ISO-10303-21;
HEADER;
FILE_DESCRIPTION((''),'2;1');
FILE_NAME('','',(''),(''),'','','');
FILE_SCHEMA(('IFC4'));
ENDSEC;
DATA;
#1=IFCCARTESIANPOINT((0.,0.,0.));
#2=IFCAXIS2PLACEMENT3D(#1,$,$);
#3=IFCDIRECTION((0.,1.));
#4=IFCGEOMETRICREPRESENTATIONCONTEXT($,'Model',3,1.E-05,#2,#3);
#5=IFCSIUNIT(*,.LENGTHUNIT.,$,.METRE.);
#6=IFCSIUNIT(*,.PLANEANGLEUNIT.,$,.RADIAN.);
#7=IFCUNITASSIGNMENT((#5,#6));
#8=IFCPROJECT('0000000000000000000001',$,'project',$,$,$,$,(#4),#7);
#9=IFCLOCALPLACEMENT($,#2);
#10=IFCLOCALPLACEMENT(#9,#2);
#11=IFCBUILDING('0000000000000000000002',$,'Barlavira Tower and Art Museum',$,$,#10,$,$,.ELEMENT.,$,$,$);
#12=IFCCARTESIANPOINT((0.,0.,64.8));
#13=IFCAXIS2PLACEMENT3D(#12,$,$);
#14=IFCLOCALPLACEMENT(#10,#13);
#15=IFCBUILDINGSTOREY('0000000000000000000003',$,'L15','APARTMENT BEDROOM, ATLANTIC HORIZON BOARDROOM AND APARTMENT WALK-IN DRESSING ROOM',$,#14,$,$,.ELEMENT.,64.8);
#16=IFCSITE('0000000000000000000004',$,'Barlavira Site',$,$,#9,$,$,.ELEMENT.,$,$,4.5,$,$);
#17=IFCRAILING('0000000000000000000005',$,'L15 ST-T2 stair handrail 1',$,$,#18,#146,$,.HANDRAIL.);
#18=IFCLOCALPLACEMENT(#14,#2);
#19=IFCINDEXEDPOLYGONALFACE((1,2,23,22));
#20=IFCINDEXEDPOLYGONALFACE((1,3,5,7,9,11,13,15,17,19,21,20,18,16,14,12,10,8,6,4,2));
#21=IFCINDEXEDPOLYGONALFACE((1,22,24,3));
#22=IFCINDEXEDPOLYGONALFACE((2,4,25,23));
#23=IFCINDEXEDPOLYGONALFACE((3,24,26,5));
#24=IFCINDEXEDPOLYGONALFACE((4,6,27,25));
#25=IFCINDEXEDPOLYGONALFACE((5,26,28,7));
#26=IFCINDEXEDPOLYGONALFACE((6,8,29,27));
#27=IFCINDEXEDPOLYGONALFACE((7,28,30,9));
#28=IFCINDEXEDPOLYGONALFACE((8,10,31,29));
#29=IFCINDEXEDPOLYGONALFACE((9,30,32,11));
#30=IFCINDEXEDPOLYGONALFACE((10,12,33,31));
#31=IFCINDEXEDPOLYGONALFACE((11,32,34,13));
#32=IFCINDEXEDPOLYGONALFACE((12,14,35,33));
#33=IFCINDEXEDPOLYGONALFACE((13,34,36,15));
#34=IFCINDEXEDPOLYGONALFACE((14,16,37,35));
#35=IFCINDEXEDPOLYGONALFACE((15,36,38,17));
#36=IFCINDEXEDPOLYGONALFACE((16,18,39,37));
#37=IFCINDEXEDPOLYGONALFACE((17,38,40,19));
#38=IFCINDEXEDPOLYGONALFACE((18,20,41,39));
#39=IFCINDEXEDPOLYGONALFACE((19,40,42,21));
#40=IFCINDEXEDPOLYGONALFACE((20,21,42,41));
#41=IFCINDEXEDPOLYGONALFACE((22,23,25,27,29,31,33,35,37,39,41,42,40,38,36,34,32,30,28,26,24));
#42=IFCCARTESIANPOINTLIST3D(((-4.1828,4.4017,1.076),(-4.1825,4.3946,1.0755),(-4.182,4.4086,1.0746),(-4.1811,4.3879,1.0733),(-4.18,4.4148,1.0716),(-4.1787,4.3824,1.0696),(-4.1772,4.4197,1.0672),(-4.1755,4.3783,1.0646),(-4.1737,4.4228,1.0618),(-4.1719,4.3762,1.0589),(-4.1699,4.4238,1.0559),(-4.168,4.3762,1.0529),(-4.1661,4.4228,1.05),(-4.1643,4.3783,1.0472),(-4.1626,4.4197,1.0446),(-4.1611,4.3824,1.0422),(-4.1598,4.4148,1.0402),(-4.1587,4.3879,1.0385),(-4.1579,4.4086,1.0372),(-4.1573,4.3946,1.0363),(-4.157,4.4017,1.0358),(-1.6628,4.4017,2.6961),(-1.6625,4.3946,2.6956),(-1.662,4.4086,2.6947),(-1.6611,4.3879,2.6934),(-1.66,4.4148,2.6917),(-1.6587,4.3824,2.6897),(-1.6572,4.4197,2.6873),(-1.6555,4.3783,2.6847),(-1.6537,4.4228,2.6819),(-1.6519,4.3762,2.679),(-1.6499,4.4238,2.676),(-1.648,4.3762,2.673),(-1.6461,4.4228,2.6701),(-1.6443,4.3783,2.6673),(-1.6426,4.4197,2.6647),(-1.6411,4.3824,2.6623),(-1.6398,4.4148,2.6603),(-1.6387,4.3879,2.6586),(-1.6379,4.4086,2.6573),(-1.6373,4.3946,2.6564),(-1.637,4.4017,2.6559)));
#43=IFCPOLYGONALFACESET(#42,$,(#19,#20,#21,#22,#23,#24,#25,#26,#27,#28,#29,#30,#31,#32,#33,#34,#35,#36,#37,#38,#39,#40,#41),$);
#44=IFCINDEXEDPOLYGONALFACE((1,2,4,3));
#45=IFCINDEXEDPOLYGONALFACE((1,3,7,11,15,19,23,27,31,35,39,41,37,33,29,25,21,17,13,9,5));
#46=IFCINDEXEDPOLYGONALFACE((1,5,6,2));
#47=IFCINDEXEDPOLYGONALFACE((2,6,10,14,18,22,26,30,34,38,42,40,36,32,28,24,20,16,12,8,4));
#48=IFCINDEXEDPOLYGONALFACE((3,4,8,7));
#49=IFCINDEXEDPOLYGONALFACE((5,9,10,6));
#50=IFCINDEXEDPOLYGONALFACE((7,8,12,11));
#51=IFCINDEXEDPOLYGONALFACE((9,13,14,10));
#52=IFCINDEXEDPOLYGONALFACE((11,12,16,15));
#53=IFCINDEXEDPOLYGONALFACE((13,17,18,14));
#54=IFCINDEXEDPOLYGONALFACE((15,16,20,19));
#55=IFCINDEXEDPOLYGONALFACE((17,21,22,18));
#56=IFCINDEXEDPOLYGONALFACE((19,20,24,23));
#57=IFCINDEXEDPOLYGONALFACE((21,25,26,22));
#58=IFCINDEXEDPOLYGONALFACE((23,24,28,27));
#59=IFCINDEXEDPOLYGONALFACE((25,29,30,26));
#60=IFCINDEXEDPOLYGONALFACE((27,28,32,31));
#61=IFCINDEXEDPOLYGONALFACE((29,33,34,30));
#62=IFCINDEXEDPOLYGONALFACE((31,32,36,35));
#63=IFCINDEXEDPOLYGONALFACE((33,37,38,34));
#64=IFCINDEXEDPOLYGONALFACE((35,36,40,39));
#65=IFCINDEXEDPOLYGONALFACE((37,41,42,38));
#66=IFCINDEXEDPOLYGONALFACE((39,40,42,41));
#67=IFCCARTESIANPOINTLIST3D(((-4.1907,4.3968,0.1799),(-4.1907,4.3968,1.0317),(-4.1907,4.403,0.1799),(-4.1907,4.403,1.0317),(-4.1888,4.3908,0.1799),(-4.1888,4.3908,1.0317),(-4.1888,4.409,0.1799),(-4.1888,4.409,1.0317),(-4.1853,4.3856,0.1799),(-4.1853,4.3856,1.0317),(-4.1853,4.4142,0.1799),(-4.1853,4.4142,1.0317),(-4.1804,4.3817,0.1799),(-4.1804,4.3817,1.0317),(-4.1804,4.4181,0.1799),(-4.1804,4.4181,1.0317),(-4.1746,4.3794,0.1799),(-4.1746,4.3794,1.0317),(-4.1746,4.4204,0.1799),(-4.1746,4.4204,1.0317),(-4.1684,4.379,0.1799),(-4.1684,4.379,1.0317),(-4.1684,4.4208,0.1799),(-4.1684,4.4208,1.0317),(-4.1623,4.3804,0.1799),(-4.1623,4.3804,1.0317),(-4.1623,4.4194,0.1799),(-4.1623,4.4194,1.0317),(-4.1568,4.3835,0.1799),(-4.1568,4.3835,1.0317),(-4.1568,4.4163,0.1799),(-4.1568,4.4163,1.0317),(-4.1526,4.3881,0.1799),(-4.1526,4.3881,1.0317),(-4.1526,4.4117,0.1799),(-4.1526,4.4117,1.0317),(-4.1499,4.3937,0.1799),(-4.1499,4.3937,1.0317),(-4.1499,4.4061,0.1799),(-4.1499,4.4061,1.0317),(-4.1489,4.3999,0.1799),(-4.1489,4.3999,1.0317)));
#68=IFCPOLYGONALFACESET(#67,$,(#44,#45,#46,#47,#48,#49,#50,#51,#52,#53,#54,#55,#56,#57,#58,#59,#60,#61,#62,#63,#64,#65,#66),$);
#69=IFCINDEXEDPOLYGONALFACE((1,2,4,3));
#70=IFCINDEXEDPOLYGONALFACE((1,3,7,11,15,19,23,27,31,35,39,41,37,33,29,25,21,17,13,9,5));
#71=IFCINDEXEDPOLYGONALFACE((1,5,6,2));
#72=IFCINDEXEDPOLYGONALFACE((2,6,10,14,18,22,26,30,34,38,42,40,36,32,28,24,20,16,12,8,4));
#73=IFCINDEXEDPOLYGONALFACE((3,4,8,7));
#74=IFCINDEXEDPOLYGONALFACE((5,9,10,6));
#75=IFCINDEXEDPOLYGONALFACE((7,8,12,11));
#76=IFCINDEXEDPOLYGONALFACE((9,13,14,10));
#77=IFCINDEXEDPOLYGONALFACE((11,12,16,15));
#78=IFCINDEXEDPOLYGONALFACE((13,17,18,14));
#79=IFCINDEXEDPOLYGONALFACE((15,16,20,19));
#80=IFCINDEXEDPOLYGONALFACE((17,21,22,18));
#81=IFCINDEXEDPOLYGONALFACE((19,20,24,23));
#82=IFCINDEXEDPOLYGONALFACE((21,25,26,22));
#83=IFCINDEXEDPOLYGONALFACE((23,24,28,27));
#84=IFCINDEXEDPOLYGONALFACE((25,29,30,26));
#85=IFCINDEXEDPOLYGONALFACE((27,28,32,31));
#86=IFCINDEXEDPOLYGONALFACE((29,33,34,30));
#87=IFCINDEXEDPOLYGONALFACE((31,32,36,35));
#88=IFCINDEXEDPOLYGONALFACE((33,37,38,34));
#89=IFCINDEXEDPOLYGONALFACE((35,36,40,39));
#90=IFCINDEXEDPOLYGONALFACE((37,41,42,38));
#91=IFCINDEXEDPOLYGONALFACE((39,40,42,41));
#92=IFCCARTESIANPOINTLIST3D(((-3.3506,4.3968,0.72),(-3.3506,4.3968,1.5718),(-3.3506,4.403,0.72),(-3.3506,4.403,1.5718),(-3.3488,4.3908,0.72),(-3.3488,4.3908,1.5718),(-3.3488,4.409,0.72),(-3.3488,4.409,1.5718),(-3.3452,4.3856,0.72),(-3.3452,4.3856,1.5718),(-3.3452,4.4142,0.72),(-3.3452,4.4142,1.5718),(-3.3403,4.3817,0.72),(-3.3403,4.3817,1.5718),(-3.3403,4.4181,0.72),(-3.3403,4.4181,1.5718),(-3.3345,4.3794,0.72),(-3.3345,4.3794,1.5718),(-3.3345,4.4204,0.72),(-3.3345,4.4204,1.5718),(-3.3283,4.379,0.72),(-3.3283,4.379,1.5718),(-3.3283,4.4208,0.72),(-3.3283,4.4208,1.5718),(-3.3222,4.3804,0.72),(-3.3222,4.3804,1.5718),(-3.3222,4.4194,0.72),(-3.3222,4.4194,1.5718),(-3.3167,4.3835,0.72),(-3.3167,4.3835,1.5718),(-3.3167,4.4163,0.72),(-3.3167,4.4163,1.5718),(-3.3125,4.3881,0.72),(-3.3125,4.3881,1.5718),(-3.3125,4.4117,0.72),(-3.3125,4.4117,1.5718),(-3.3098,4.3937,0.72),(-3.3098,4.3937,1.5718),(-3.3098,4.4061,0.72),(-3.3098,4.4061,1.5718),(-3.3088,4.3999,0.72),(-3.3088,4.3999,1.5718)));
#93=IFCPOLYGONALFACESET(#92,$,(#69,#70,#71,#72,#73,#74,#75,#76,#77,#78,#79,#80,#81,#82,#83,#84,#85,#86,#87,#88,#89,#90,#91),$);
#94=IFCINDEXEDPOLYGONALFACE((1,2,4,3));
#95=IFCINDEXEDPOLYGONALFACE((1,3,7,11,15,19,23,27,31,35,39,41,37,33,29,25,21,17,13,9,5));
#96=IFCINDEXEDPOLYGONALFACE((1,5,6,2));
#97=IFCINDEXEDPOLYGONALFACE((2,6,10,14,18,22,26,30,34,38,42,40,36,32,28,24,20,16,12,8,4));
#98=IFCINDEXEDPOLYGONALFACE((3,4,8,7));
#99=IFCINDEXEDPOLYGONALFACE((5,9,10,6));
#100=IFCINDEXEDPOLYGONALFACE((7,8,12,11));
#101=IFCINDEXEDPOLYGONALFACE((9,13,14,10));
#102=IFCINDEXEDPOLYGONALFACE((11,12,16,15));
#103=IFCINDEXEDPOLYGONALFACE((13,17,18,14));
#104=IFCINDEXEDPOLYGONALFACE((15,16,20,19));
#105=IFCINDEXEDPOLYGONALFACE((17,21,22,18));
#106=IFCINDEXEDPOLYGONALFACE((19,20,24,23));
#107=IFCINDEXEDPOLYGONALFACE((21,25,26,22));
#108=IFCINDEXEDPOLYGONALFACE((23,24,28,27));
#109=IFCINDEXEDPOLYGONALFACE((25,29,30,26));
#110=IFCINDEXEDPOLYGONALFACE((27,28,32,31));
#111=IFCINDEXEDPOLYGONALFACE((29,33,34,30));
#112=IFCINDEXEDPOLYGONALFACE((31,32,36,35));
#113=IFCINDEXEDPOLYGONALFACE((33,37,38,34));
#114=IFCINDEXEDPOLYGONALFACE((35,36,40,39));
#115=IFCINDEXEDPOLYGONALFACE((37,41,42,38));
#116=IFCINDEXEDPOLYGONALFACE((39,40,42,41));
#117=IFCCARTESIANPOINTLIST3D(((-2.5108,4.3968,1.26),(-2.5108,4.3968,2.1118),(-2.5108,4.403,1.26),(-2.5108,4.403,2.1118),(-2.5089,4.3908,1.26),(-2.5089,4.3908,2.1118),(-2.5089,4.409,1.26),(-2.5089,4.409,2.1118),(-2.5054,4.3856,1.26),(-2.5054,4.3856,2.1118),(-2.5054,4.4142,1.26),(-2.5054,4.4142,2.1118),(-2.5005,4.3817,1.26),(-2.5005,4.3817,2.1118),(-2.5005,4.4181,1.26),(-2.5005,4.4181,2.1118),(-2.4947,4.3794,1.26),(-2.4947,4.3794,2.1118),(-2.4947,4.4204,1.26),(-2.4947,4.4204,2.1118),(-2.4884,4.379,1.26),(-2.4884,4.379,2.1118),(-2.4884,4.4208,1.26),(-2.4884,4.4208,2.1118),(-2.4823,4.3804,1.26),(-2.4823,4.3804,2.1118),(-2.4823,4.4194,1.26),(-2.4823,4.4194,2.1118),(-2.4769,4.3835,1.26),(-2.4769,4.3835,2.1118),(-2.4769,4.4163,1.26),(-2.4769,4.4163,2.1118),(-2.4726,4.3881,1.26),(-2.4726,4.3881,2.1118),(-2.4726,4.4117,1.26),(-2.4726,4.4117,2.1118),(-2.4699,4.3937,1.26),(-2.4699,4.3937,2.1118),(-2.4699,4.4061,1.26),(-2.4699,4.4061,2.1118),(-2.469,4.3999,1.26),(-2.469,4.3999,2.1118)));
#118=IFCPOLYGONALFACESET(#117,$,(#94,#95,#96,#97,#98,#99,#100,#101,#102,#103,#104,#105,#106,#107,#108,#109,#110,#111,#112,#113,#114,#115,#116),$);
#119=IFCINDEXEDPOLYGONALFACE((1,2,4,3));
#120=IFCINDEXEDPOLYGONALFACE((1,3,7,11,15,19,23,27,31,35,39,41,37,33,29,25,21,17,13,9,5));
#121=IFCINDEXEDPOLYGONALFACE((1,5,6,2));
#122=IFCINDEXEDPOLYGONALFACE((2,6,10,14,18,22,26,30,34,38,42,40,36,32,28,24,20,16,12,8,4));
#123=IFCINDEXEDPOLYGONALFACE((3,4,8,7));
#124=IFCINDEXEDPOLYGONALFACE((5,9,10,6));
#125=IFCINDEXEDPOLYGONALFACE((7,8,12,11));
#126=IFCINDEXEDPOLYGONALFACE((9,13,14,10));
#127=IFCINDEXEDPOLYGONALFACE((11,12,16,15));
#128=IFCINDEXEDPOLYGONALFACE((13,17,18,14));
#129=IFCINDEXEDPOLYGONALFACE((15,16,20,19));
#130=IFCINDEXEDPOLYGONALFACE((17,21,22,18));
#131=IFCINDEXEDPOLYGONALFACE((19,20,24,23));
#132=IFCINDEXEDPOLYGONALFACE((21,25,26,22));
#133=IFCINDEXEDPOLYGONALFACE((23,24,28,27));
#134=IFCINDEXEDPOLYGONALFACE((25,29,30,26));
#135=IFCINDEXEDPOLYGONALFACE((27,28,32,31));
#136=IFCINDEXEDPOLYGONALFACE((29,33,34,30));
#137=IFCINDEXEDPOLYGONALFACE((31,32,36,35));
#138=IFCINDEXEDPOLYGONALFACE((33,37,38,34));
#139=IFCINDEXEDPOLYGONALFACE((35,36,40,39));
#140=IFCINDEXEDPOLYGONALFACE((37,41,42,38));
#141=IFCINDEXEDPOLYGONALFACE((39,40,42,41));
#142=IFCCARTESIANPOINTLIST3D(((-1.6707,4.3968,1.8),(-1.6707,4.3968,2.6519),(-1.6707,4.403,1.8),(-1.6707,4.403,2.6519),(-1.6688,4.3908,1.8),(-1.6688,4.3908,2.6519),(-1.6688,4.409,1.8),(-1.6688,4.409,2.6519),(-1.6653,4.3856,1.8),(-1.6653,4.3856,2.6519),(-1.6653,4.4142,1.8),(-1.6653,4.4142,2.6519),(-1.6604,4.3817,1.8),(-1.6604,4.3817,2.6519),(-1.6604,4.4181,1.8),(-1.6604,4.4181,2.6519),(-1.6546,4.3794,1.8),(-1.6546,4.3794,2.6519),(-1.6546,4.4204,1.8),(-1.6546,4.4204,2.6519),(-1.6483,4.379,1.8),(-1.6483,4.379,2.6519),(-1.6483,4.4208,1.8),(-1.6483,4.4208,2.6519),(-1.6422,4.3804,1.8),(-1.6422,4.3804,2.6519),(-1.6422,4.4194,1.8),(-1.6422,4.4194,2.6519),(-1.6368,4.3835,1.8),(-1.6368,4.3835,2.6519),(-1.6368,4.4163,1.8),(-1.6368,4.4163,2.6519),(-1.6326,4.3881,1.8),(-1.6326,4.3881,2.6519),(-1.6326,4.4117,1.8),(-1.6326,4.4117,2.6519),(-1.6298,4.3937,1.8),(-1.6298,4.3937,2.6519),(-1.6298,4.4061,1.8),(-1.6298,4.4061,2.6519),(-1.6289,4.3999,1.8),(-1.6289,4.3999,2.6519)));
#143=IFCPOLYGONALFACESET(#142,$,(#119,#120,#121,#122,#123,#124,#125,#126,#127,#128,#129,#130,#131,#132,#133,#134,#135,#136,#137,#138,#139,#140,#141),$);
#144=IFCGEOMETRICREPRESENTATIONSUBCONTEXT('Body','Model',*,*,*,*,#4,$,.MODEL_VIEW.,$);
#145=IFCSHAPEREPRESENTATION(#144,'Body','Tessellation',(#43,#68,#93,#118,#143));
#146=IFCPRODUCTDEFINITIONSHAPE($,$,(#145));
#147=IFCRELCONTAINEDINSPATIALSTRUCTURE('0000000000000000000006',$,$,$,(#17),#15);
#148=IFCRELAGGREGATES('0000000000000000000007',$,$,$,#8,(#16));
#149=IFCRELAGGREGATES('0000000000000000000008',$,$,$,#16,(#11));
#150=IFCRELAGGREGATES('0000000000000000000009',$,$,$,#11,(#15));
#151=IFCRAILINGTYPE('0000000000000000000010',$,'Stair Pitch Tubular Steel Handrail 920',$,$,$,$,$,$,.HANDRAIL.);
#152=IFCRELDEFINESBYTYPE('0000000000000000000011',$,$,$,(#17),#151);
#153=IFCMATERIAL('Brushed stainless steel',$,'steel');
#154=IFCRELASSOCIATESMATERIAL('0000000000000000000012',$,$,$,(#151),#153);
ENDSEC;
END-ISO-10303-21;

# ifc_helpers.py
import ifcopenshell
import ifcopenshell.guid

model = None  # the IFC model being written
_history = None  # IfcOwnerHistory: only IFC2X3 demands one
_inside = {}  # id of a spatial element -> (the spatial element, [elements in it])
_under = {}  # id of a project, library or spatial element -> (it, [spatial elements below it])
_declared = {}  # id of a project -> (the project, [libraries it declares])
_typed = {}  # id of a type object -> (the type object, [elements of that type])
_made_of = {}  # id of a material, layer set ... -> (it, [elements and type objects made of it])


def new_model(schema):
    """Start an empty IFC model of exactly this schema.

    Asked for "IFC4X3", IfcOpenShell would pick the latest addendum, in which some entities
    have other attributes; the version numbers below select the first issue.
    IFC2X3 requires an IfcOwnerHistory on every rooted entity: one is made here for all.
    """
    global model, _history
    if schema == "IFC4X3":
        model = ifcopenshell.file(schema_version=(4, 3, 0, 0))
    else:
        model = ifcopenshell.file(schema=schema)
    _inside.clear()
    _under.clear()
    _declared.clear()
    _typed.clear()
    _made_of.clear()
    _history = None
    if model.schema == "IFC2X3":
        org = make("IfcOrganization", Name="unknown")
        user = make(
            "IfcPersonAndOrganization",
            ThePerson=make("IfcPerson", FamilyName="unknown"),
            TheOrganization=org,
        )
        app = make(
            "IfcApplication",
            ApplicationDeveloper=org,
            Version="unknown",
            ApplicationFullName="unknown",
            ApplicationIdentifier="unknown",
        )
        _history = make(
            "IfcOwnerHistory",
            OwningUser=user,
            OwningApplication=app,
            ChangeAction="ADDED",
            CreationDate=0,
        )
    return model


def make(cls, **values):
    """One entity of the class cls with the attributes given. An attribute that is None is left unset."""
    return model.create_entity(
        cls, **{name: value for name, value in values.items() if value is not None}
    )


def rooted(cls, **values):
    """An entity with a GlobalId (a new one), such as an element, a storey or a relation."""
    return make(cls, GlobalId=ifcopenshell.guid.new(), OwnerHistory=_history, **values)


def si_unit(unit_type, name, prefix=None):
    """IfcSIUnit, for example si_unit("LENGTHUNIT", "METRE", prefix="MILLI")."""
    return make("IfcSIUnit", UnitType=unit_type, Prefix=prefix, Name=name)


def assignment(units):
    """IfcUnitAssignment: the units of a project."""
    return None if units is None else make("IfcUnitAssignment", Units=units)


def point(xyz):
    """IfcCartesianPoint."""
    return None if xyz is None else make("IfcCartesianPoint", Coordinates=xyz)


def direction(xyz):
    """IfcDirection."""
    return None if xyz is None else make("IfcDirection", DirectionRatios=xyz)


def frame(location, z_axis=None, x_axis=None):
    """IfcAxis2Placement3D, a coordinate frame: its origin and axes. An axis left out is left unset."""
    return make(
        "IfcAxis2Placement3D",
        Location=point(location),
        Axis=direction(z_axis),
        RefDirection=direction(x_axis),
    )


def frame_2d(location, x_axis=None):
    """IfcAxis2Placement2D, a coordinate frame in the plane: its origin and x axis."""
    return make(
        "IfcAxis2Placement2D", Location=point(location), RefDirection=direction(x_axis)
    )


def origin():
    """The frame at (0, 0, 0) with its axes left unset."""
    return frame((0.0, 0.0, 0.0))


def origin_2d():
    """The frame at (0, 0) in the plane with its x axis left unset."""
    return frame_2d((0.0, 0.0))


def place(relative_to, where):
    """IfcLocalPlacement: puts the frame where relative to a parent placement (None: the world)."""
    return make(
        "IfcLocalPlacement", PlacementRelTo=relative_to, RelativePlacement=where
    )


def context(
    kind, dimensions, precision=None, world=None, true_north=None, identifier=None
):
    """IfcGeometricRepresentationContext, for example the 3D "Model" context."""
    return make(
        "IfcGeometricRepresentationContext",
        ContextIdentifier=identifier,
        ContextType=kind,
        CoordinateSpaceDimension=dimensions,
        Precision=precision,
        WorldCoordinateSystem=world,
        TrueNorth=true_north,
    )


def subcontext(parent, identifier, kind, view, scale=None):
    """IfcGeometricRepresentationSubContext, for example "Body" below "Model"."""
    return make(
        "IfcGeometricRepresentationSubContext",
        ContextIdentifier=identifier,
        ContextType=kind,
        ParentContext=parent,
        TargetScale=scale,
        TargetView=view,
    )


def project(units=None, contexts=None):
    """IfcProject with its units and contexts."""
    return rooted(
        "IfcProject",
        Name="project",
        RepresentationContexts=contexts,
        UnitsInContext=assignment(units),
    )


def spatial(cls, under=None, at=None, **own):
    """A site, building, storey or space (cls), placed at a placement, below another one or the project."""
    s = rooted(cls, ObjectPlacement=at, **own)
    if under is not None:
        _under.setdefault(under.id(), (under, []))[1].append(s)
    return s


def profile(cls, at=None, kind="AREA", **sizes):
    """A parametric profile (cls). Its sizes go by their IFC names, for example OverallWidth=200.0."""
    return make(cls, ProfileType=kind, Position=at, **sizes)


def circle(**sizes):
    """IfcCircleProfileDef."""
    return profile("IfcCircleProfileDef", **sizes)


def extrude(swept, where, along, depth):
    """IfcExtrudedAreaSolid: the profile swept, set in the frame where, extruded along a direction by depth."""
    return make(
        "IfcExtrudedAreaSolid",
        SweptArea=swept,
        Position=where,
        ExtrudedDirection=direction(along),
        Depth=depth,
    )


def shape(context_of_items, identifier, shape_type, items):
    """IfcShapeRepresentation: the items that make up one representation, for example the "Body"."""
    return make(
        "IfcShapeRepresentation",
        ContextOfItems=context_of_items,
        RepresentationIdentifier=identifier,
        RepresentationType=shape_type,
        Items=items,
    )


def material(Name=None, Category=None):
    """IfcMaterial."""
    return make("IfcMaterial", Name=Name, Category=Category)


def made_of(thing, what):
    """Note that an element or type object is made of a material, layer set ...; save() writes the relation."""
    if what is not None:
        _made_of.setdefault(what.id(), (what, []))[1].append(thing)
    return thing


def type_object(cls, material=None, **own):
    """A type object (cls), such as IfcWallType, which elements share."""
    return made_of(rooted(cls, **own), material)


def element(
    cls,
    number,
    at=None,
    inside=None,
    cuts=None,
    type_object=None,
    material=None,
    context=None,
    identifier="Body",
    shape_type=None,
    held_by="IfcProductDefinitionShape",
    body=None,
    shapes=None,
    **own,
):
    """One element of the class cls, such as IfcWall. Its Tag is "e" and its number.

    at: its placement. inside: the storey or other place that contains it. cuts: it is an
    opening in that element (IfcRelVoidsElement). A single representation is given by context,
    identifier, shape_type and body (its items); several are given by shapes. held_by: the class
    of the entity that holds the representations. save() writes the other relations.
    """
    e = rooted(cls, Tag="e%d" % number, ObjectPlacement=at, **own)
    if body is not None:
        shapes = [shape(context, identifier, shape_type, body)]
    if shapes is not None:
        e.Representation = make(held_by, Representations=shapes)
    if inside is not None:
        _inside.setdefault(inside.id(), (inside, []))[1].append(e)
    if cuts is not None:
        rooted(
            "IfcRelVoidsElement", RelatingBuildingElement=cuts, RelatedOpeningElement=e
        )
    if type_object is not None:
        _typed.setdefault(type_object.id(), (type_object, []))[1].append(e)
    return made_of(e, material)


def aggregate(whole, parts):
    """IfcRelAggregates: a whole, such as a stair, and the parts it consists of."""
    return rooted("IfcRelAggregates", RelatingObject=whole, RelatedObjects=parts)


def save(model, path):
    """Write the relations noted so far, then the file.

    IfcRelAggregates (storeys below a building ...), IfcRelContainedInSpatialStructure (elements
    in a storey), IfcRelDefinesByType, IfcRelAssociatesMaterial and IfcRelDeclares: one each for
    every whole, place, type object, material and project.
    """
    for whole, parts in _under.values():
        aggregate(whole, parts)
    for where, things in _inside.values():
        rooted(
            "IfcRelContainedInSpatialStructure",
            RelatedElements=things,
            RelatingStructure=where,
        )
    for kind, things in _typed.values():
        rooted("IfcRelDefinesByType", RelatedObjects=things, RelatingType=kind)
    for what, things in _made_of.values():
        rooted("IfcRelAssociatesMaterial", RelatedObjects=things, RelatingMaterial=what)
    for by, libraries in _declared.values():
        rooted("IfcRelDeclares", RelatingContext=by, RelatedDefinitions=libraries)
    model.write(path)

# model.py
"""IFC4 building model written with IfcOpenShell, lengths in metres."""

from ifc_helpers import new_model, si_unit, direction, frame, origin, origin_2d, place, context, subcontext, project, spatial, circle, extrude, material, type_object, element, save


model = new_model("IFC4")

# Units and contexts
model_context = context("Model", 3, precision=1e-05, world=origin(), true_north=direction((0.0, 1.0)))
body_context = subcontext(model_context, "Body", "Model", "MODEL_VIEW")
ifc_project = project(units=[si_unit("LENGTHUNIT", "METRE"), si_unit("PLANEANGLEUNIT", "RADIAN")], contexts=[model_context])

# Site, building, storey
site_placement = place(None, origin())
site = spatial("IfcSite", under=ifc_project, at=site_placement, Name="Barlavira Site", CompositionType="ELEMENT", RefElevation=4.5)
building_placement = place(site_placement, origin())
building = spatial("IfcBuilding", under=site, at=building_placement, Name="Barlavira Tower and Art Museum", CompositionType="ELEMENT")
storey_placement = place(building_placement, frame((0.0, 0.0, 64.8)))
storey = spatial("IfcBuildingStorey", under=building, at=storey_placement, Name="L15", Description="APARTMENT BEDROOM, ATLANTIC HORIZON BOARDROOM AND APARTMENT WALK-IN DRESSING ROOM", CompositionType="ELEMENT", Elevation=64.8)

# Shared definitions
ifc_material_1 = material(Name="Brushed stainless steel", Category="steel")

# Railing
railing_type_1 = type_object("IfcRailingType", Name="Stair Pitch Tubular Steel Handrail 920", PredefinedType="HANDRAIL", material=ifc_material_1)
railing_1_placement = place(storey_placement, frame((-4.1699, 4.3999, 0.1799)))
element("IfcRailing", 1, at=railing_1_placement, inside=storey, type_object=railing_type_1, Name="L15 ST-T2 stair handrail 1", PredefinedType="HANDRAIL", context=body_context, shape_type="SweptSolid", body=[
    extrude(circle(Radius=0.0239, at=origin_2d()), frame((0.0, 0.0, 0.876), z_axis=(0.841163, 0.0, 0.540782), x_axis=(0.0, 1.0, 0.0)), (0.0, 0.0, 1.0), 2.9958),
    extrude(circle(Radius=0.021, at=origin_2d()), origin(), (0.0, 0.0, 1.0), 0.8518),
    extrude(circle(Radius=0.021, at=origin_2d()), frame((0.8401, 0.0, 0.54)), (0.0, 0.0, 1.0), 0.8518),
    extrude(circle(Radius=0.021, at=origin_2d()), frame((1.6799, 0.0, 1.0801)), (0.0, 0.0, 1.0), 0.8518),
    extrude(circle(Radius=0.021, at=origin_2d()), frame((2.52, 0.0, 1.6201)), (0.0, 0.0, 1.0), 0.8518),
])

save(model, "model.ifc")
